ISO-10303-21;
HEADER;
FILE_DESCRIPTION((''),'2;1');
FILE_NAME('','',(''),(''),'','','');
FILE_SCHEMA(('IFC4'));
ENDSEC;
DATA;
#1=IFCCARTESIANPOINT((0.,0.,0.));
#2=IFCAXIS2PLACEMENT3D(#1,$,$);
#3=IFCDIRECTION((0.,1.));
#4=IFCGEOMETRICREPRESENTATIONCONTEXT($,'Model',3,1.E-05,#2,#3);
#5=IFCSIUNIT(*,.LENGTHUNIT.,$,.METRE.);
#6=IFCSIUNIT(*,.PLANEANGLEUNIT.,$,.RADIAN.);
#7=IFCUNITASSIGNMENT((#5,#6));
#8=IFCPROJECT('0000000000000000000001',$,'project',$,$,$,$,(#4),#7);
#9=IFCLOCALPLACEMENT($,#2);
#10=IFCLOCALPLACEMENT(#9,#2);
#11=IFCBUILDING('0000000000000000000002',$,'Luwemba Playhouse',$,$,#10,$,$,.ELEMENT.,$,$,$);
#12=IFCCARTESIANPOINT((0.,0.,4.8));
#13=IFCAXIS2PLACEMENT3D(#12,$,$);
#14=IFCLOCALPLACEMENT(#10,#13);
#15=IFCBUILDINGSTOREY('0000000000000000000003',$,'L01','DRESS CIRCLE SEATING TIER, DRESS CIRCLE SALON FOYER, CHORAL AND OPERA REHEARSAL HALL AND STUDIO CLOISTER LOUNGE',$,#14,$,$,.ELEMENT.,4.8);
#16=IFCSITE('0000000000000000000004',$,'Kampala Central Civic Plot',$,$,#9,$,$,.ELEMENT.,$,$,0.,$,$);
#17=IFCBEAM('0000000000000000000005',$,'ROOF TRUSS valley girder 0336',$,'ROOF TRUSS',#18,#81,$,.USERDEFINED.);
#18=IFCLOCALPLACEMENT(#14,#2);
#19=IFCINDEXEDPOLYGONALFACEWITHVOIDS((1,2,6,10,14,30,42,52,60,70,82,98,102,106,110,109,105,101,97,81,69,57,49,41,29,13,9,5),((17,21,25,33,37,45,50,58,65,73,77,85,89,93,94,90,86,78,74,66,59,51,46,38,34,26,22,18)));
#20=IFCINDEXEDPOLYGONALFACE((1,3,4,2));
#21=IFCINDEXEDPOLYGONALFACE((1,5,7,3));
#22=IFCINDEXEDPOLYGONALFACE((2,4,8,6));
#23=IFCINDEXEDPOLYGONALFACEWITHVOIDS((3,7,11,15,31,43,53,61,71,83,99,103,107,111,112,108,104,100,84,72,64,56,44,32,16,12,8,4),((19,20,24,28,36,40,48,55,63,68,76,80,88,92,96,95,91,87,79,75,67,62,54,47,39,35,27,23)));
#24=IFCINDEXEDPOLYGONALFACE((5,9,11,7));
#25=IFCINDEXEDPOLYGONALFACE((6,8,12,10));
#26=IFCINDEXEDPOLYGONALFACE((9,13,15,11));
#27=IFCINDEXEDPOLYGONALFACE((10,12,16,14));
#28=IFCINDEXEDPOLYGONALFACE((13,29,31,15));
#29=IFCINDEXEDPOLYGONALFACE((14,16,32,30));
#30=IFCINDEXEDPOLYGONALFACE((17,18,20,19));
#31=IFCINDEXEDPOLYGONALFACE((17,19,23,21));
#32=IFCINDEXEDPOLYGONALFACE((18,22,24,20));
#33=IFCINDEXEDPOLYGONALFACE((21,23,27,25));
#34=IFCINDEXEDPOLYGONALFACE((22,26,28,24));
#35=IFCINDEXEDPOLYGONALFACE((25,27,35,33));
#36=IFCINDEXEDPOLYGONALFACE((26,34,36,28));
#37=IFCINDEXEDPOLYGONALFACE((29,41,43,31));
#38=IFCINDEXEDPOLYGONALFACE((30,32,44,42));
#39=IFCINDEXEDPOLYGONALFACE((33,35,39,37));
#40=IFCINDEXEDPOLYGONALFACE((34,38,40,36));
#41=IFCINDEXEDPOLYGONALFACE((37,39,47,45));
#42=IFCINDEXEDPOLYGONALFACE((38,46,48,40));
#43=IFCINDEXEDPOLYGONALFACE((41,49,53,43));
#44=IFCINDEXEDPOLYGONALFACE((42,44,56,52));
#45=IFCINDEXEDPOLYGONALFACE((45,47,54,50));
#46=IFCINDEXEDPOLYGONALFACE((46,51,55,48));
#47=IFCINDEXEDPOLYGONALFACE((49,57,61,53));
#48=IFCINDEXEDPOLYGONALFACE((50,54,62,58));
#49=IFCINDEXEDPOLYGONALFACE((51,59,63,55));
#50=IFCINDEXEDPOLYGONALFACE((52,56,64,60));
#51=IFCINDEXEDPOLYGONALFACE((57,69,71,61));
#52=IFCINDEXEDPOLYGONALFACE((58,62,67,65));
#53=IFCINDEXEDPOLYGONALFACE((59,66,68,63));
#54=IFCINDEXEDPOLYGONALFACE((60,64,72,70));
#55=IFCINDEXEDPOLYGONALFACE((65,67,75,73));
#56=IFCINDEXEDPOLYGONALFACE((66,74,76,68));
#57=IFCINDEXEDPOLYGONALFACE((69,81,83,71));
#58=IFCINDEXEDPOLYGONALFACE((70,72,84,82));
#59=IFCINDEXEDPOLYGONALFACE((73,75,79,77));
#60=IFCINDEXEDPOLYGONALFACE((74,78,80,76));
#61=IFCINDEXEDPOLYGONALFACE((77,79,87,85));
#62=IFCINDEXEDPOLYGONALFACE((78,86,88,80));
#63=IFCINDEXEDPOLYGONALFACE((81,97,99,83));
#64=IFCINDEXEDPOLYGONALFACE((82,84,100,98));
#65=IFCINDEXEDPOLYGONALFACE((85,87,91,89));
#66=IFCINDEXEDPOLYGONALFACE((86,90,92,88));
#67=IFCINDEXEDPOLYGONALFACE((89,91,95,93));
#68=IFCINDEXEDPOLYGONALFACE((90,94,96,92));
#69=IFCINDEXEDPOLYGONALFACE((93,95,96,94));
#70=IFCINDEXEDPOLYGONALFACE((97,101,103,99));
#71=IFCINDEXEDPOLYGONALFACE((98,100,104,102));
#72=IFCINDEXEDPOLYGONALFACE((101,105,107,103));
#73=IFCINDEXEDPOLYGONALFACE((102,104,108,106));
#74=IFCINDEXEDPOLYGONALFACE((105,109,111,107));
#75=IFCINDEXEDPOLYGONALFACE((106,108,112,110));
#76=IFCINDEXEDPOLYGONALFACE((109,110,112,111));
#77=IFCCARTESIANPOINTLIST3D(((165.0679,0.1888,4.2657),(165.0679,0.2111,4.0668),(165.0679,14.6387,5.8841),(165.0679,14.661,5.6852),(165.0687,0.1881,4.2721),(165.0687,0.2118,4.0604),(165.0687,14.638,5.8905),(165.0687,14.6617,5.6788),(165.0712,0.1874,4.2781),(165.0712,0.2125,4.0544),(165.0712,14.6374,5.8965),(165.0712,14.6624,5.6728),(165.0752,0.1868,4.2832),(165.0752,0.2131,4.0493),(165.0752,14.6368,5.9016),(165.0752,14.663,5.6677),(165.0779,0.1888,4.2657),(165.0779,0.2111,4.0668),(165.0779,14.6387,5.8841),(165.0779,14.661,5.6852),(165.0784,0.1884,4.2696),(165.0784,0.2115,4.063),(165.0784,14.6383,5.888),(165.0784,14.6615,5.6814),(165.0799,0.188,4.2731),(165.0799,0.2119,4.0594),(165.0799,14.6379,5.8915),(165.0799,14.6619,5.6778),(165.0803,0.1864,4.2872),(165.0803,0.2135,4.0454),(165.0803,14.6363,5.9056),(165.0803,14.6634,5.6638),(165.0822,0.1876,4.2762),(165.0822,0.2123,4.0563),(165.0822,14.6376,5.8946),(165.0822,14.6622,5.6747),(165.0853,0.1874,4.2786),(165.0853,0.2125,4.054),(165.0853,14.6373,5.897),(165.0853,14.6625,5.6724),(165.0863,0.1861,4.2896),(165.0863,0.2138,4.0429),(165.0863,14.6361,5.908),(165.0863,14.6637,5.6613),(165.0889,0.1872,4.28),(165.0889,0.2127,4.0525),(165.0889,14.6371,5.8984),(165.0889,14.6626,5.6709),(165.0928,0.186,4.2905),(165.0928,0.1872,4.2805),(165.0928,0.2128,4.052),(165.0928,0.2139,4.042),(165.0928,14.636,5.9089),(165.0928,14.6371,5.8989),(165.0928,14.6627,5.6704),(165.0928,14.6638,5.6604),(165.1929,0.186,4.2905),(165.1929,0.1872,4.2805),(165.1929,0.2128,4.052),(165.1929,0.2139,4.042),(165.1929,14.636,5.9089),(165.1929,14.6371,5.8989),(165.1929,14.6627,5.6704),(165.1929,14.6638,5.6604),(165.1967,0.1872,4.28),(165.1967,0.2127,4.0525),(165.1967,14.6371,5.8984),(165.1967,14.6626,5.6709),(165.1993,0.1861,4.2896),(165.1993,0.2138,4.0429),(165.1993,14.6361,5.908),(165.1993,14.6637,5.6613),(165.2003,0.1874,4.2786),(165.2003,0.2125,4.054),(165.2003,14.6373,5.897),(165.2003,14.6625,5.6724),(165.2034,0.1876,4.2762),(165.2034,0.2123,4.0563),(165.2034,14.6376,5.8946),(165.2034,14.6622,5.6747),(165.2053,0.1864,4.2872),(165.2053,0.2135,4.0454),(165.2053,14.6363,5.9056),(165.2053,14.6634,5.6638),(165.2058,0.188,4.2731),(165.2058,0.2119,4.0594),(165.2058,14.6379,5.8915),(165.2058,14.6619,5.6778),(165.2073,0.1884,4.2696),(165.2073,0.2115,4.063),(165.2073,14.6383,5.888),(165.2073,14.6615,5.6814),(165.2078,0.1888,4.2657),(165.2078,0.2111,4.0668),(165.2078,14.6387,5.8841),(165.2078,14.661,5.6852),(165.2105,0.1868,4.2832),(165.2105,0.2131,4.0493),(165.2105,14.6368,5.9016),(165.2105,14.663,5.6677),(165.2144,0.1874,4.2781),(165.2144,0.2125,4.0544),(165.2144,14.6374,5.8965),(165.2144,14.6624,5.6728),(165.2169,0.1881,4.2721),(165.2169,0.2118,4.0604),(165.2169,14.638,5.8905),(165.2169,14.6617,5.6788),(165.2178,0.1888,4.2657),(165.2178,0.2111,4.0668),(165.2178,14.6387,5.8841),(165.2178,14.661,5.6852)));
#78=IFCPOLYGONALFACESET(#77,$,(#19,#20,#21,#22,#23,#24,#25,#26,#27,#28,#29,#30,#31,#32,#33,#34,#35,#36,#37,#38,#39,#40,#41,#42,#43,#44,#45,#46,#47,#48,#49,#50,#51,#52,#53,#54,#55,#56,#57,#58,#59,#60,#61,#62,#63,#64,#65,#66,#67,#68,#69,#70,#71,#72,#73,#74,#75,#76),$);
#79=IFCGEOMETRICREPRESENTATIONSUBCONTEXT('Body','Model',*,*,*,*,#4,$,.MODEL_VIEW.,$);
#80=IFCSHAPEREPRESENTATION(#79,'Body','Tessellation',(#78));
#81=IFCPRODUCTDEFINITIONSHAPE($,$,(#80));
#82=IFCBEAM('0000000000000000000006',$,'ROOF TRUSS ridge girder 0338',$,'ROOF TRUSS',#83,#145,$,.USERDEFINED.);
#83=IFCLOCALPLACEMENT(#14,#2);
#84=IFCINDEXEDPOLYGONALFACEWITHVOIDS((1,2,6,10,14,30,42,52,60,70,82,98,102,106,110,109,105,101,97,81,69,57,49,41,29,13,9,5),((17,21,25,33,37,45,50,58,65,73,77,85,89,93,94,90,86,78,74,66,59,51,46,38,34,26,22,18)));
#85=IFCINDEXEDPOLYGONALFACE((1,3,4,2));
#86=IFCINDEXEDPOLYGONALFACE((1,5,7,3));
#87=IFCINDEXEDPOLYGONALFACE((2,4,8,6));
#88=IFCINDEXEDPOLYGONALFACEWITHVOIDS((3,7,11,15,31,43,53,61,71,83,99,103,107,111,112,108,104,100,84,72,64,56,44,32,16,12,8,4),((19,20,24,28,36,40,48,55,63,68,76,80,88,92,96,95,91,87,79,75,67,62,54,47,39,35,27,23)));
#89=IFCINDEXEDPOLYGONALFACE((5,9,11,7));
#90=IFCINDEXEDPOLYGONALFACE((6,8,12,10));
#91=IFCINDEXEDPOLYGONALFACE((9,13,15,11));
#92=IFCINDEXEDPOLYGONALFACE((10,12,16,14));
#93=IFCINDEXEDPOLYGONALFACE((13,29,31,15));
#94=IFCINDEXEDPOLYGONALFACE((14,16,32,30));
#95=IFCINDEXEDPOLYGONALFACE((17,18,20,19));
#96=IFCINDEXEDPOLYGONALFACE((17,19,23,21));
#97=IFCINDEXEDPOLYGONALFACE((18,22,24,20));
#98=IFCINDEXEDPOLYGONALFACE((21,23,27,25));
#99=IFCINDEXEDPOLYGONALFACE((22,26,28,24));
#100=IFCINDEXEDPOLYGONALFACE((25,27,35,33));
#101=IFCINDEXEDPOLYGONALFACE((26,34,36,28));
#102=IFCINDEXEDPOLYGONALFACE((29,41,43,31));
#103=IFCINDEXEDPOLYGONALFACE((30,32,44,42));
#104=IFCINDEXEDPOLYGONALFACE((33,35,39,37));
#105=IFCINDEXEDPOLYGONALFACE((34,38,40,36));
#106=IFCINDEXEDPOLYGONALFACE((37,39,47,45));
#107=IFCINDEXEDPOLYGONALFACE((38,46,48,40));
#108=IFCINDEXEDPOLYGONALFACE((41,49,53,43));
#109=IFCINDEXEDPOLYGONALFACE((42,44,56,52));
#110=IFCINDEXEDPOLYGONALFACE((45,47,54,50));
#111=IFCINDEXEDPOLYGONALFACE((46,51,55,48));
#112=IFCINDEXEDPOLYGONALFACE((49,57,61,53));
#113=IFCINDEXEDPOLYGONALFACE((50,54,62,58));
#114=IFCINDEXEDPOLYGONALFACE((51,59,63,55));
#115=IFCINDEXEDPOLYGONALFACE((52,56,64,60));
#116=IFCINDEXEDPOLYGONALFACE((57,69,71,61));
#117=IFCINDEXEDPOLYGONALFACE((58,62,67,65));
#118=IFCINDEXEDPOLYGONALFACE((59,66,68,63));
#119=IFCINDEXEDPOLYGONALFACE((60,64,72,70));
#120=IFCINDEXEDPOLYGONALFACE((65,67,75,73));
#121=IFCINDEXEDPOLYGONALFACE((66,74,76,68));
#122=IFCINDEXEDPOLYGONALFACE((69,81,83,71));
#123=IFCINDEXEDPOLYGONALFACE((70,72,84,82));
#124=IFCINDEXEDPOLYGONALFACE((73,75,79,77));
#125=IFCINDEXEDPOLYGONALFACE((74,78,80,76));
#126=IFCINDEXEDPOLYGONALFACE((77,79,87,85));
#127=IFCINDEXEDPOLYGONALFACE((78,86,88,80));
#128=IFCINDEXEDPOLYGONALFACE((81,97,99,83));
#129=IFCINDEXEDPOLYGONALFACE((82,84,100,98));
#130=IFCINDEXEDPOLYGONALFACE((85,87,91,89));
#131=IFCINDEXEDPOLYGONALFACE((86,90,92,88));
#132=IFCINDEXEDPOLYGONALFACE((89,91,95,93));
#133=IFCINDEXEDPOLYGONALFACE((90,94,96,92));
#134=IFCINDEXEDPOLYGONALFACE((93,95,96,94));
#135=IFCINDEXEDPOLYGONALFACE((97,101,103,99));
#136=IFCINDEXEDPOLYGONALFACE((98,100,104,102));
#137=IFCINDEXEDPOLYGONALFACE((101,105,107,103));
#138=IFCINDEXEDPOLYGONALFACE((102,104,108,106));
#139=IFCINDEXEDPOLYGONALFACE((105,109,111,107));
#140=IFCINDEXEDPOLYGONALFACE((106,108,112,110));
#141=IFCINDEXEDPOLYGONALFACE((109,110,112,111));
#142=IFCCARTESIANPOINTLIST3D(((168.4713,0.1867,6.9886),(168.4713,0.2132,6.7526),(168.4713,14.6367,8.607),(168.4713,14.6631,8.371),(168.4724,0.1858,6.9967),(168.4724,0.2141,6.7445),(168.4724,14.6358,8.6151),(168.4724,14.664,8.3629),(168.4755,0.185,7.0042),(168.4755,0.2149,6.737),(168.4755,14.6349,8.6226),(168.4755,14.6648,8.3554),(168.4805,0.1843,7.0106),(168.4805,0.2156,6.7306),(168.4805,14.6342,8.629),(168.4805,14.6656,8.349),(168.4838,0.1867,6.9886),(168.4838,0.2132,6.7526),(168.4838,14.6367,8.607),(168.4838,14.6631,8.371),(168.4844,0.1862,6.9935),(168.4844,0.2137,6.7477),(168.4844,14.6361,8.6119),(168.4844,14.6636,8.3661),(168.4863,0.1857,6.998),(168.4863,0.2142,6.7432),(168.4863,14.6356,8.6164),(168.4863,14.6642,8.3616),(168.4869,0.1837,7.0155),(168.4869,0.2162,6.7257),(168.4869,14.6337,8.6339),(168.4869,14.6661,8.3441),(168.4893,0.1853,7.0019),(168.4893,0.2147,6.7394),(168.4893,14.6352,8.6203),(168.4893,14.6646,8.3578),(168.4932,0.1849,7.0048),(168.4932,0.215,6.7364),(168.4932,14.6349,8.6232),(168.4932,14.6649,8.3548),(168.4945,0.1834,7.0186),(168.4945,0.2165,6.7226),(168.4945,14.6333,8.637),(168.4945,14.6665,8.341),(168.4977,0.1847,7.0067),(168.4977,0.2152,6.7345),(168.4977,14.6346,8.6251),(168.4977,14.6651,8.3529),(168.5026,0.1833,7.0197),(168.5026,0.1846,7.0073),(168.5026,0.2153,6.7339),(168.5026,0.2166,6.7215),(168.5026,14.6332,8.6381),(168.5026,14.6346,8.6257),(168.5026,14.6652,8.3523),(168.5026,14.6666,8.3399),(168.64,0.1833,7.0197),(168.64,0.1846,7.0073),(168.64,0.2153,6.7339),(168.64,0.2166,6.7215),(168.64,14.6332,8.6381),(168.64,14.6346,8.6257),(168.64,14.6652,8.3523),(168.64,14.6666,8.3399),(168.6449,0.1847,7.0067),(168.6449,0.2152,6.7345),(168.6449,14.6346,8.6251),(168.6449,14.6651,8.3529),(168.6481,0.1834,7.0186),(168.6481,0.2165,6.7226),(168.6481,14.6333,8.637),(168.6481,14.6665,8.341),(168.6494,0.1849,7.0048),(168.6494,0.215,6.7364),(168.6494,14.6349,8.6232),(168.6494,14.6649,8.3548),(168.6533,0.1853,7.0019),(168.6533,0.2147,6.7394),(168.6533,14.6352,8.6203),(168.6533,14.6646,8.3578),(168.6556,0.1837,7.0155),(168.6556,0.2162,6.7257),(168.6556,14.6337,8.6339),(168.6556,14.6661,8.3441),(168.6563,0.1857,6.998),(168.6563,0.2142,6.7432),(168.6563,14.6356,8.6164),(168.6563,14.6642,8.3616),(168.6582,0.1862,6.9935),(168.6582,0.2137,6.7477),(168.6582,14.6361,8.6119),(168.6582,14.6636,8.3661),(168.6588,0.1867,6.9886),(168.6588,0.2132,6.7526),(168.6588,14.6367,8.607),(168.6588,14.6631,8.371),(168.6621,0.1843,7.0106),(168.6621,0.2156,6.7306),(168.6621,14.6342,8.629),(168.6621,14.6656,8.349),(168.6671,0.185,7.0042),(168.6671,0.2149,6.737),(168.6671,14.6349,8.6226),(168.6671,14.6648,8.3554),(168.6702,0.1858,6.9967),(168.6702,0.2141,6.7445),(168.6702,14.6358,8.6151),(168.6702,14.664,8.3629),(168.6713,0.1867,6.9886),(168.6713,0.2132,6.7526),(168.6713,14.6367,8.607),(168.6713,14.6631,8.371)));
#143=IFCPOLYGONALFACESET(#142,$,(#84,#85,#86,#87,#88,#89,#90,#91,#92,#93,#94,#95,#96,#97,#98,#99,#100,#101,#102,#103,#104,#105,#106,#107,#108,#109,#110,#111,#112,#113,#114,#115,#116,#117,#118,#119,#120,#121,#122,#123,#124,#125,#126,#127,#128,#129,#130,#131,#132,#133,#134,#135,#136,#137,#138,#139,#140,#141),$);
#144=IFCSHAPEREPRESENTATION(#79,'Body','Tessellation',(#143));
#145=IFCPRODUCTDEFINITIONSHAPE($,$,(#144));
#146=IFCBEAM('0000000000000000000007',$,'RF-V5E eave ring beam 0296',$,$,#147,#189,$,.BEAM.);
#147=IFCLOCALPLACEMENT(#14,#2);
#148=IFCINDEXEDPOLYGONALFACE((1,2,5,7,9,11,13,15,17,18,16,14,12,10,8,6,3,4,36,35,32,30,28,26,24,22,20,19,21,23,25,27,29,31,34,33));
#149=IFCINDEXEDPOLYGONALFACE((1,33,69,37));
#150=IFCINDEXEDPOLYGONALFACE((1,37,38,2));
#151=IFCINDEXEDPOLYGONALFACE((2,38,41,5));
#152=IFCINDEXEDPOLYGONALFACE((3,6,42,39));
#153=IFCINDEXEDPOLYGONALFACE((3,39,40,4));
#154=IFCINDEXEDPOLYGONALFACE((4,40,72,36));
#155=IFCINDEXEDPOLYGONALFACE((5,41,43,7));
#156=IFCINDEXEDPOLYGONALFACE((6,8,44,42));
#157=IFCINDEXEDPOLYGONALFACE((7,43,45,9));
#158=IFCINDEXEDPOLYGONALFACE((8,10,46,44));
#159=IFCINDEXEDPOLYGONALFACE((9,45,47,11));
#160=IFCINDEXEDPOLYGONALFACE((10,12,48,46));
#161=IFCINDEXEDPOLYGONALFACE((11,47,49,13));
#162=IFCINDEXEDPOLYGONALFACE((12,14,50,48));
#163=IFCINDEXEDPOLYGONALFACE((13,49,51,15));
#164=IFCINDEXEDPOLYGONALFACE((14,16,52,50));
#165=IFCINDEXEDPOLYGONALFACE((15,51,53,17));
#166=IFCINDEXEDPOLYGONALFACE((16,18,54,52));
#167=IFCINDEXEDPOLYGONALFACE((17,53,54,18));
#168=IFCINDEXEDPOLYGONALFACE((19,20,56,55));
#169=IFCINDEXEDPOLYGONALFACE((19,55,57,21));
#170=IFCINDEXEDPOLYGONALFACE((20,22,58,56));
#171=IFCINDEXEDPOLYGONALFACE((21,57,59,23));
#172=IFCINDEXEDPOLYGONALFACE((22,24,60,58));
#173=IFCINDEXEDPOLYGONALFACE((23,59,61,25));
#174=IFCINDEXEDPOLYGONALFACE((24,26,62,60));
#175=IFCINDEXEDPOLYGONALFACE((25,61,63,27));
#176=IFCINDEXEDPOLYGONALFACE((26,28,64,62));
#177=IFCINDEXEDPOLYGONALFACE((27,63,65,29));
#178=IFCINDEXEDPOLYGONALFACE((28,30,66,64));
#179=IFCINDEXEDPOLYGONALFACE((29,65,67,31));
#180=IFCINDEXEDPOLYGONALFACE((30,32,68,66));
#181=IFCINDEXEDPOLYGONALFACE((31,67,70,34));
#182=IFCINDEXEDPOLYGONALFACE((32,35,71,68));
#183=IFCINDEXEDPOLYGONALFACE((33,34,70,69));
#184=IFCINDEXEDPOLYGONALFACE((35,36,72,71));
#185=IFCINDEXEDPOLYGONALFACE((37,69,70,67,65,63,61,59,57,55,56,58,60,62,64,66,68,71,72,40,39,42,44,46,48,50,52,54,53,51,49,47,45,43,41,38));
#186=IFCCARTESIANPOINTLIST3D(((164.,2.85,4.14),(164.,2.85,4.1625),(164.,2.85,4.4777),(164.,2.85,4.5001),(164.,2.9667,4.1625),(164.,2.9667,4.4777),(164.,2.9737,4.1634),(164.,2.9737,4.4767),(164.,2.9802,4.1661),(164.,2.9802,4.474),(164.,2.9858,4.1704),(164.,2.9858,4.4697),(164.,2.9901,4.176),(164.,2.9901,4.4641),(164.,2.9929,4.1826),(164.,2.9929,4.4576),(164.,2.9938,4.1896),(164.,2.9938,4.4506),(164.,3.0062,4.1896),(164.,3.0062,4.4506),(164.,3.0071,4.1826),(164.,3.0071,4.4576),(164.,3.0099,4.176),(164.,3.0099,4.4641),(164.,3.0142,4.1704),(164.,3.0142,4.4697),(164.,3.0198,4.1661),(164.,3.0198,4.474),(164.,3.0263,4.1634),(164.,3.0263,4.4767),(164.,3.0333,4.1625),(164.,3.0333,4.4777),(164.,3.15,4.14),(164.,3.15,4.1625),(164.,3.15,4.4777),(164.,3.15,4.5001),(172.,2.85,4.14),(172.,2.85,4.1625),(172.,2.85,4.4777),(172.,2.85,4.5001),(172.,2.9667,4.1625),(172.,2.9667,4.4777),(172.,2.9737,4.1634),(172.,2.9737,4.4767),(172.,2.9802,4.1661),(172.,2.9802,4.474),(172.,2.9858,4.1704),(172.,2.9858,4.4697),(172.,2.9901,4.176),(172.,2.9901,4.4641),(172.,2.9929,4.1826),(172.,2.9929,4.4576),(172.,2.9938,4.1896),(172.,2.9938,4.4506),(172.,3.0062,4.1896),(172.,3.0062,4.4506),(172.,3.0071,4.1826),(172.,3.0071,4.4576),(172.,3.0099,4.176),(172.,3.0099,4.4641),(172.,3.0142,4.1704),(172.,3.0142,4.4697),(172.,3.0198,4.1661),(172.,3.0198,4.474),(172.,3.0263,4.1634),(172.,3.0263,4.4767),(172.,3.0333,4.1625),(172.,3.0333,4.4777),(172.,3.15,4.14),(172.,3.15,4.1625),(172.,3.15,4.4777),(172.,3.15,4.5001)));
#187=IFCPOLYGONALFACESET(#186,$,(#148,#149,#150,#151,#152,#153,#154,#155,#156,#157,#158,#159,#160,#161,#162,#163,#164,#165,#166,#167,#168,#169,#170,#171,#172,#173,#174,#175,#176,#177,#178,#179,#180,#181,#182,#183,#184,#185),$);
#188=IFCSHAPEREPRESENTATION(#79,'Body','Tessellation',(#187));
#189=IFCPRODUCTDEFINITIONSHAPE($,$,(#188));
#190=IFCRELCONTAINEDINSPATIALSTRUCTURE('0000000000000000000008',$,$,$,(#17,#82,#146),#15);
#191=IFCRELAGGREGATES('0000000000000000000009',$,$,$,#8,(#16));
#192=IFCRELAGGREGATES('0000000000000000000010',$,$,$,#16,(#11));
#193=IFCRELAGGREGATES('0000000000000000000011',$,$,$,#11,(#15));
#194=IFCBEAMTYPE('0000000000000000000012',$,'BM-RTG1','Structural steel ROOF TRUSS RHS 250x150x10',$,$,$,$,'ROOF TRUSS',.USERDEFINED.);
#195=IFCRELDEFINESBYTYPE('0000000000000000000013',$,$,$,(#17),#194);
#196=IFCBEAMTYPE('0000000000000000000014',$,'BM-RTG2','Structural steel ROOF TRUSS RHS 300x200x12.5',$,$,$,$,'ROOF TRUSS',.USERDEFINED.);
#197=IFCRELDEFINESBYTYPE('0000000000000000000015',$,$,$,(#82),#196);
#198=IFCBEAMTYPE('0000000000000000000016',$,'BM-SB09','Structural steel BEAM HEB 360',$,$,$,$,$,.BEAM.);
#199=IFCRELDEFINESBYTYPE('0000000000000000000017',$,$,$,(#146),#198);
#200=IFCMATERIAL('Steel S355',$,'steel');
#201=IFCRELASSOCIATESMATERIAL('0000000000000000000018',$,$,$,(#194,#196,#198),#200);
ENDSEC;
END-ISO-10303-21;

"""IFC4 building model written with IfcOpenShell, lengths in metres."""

from ifc_helpers import new_model, si_unit, direction, frame, origin, origin_2d, place, context, subcontext, project, spatial, hollow_rectangle, i_section, extrude, material, material_profile, profile_set, type_object, element, save


model = new_model("IFC4")

# Units and contexts
model_context = context("Model", 3, precision=1e-05, world=origin(), true_north=direction((0.0, 1.0)))
body_context = subcontext(model_context, "Body", "Model", "MODEL_VIEW")
ifc_project = project(units=[si_unit("LENGTHUNIT", "METRE"), si_unit("PLANEANGLEUNIT", "RADIAN")], contexts=[model_context])

# Site, building, storey
site_placement = place(None, origin())
site = spatial("IfcSite", under=ifc_project, at=site_placement, Name="Kampala Central Civic Plot", CompositionType="ELEMENT", RefElevation=0.0)
building_placement = place(site_placement, origin())
building = spatial("IfcBuilding", under=site, at=building_placement, Name="Luwemba Playhouse", CompositionType="ELEMENT")
storey_placement = place(building_placement, frame((0.0, 0.0, 4.8)))
storey = spatial("IfcBuildingStorey", under=building, at=storey_placement, Name="L01", Description="DRESS CIRCLE SEATING TIER, DRESS CIRCLE SALON FOYER, CHORAL AND OPERA REHEARSAL HALL AND STUDIO CLOISTER LOUNGE", CompositionType="ELEMENT", Elevation=4.8)

# Beams
ifc_material_1 = material(Name="Steel S355", Category="steel")
ifc_material_profile_1 = material_profile(ifc_material_1, hollow_rectangle(XDim=0.1499, YDim=0.25, WallThickness=0.01, InnerFilletRadius=0.0149, OuterFilletRadius=0.0249, at=origin_2d()))
ifc_profile_set_1 = profile_set([ifc_material_profile_1], Name="Steel S355")
beam_type_1 = type_object("IfcBeamType", Name="BM-RTG1", Description="Structural steel ROOF TRUSS RHS 250x150x10", ElementType="ROOF TRUSS", PredefinedType="USERDEFINED", material=ifc_profile_set_1)
beam_1_placement = place(storey_placement, frame((165.1428, 0.2, 4.1663), z_axis=(0.0, 0.993786, 0.111305), x_axis=(-1.0, 0.0, 0.0)))
element("IfcBeam", 1, at=beam_1_placement, inside=storey, type_object=beam_type_1, Name="ROOF TRUSS valley girder 0336", ObjectType="ROOF TRUSS", PredefinedType="USERDEFINED", context=body_context, shape_type="SweptSolid", body=[
    extrude(hollow_rectangle(XDim=0.1499, YDim=0.25, WallThickness=0.01, InnerFilletRadius=0.0149, OuterFilletRadius=0.0249, at=origin_2d()), origin(), (0.0, 0.0, 1.0), 14.5403),
])
ifc_material_profile_2 = material_profile(ifc_material_1, hollow_rectangle(XDim=0.2, YDim=0.3, WallThickness=0.0125, InnerFilletRadius=0.0188, OuterFilletRadius=0.0312, at=origin_2d()))
ifc_profile_set_2 = profile_set([ifc_material_profile_2], Name="Steel S355")
beam_type_2 = type_object("IfcBeamType", Name="BM-RTG2", Description="Structural steel ROOF TRUSS RHS 300x200x12.5", ElementType="ROOF TRUSS", PredefinedType="USERDEFINED", material=ifc_profile_set_2)
beam_2_placement = place(storey_placement, frame((168.5713, 0.2, 6.8706), z_axis=(0.0, 0.993786, 0.111305), x_axis=(-1.0, 0.0, 0.0)))
element("IfcBeam", 2, at=beam_2_placement, inside=storey, type_object=beam_type_2, Name="ROOF TRUSS ridge girder 0338", ObjectType="ROOF TRUSS", PredefinedType="USERDEFINED", context=body_context, shape_type="SweptSolid", body=[
    extrude(hollow_rectangle(XDim=0.2, YDim=0.3, WallThickness=0.0125, InnerFilletRadius=0.0188, OuterFilletRadius=0.0312, at=origin_2d()), origin(), (0.0, 0.0, 1.0), 14.5403),
])
ifc_material_profile_3 = material_profile(ifc_material_1, i_section(OverallWidth=0.3, OverallDepth=0.3601, WebThickness=0.0125, FlangeThickness=0.0225, FilletRadius=0.0271, at=origin_2d()))
ifc_profile_set_3 = profile_set([ifc_material_profile_3], Name="Steel S355")
beam_type_3 = type_object("IfcBeamType", Name="BM-SB09", Description="Structural steel BEAM HEB 360", PredefinedType="BEAM", material=ifc_profile_set_3)
beam_3_placement = place(storey_placement, frame((164.0, 3.0, 4.3201), z_axis=(1.0, 0.0, 0.0), x_axis=(0.0, 1.0, 0.0)))
element("IfcBeam", 3, at=beam_3_placement, inside=storey, type_object=beam_type_3, Name="RF-V5E eave ring beam 0296", PredefinedType="BEAM", context=body_context, shape_type="SweptSolid", body=[
    extrude(i_section(OverallWidth=0.3, OverallDepth=0.3601, WebThickness=0.0125, FlangeThickness=0.0225, FilletRadius=0.0271, at=origin_2d()), origin(), (0.0, 0.0, 1.0), 8.0),
])

save(model, "model.ifc")
